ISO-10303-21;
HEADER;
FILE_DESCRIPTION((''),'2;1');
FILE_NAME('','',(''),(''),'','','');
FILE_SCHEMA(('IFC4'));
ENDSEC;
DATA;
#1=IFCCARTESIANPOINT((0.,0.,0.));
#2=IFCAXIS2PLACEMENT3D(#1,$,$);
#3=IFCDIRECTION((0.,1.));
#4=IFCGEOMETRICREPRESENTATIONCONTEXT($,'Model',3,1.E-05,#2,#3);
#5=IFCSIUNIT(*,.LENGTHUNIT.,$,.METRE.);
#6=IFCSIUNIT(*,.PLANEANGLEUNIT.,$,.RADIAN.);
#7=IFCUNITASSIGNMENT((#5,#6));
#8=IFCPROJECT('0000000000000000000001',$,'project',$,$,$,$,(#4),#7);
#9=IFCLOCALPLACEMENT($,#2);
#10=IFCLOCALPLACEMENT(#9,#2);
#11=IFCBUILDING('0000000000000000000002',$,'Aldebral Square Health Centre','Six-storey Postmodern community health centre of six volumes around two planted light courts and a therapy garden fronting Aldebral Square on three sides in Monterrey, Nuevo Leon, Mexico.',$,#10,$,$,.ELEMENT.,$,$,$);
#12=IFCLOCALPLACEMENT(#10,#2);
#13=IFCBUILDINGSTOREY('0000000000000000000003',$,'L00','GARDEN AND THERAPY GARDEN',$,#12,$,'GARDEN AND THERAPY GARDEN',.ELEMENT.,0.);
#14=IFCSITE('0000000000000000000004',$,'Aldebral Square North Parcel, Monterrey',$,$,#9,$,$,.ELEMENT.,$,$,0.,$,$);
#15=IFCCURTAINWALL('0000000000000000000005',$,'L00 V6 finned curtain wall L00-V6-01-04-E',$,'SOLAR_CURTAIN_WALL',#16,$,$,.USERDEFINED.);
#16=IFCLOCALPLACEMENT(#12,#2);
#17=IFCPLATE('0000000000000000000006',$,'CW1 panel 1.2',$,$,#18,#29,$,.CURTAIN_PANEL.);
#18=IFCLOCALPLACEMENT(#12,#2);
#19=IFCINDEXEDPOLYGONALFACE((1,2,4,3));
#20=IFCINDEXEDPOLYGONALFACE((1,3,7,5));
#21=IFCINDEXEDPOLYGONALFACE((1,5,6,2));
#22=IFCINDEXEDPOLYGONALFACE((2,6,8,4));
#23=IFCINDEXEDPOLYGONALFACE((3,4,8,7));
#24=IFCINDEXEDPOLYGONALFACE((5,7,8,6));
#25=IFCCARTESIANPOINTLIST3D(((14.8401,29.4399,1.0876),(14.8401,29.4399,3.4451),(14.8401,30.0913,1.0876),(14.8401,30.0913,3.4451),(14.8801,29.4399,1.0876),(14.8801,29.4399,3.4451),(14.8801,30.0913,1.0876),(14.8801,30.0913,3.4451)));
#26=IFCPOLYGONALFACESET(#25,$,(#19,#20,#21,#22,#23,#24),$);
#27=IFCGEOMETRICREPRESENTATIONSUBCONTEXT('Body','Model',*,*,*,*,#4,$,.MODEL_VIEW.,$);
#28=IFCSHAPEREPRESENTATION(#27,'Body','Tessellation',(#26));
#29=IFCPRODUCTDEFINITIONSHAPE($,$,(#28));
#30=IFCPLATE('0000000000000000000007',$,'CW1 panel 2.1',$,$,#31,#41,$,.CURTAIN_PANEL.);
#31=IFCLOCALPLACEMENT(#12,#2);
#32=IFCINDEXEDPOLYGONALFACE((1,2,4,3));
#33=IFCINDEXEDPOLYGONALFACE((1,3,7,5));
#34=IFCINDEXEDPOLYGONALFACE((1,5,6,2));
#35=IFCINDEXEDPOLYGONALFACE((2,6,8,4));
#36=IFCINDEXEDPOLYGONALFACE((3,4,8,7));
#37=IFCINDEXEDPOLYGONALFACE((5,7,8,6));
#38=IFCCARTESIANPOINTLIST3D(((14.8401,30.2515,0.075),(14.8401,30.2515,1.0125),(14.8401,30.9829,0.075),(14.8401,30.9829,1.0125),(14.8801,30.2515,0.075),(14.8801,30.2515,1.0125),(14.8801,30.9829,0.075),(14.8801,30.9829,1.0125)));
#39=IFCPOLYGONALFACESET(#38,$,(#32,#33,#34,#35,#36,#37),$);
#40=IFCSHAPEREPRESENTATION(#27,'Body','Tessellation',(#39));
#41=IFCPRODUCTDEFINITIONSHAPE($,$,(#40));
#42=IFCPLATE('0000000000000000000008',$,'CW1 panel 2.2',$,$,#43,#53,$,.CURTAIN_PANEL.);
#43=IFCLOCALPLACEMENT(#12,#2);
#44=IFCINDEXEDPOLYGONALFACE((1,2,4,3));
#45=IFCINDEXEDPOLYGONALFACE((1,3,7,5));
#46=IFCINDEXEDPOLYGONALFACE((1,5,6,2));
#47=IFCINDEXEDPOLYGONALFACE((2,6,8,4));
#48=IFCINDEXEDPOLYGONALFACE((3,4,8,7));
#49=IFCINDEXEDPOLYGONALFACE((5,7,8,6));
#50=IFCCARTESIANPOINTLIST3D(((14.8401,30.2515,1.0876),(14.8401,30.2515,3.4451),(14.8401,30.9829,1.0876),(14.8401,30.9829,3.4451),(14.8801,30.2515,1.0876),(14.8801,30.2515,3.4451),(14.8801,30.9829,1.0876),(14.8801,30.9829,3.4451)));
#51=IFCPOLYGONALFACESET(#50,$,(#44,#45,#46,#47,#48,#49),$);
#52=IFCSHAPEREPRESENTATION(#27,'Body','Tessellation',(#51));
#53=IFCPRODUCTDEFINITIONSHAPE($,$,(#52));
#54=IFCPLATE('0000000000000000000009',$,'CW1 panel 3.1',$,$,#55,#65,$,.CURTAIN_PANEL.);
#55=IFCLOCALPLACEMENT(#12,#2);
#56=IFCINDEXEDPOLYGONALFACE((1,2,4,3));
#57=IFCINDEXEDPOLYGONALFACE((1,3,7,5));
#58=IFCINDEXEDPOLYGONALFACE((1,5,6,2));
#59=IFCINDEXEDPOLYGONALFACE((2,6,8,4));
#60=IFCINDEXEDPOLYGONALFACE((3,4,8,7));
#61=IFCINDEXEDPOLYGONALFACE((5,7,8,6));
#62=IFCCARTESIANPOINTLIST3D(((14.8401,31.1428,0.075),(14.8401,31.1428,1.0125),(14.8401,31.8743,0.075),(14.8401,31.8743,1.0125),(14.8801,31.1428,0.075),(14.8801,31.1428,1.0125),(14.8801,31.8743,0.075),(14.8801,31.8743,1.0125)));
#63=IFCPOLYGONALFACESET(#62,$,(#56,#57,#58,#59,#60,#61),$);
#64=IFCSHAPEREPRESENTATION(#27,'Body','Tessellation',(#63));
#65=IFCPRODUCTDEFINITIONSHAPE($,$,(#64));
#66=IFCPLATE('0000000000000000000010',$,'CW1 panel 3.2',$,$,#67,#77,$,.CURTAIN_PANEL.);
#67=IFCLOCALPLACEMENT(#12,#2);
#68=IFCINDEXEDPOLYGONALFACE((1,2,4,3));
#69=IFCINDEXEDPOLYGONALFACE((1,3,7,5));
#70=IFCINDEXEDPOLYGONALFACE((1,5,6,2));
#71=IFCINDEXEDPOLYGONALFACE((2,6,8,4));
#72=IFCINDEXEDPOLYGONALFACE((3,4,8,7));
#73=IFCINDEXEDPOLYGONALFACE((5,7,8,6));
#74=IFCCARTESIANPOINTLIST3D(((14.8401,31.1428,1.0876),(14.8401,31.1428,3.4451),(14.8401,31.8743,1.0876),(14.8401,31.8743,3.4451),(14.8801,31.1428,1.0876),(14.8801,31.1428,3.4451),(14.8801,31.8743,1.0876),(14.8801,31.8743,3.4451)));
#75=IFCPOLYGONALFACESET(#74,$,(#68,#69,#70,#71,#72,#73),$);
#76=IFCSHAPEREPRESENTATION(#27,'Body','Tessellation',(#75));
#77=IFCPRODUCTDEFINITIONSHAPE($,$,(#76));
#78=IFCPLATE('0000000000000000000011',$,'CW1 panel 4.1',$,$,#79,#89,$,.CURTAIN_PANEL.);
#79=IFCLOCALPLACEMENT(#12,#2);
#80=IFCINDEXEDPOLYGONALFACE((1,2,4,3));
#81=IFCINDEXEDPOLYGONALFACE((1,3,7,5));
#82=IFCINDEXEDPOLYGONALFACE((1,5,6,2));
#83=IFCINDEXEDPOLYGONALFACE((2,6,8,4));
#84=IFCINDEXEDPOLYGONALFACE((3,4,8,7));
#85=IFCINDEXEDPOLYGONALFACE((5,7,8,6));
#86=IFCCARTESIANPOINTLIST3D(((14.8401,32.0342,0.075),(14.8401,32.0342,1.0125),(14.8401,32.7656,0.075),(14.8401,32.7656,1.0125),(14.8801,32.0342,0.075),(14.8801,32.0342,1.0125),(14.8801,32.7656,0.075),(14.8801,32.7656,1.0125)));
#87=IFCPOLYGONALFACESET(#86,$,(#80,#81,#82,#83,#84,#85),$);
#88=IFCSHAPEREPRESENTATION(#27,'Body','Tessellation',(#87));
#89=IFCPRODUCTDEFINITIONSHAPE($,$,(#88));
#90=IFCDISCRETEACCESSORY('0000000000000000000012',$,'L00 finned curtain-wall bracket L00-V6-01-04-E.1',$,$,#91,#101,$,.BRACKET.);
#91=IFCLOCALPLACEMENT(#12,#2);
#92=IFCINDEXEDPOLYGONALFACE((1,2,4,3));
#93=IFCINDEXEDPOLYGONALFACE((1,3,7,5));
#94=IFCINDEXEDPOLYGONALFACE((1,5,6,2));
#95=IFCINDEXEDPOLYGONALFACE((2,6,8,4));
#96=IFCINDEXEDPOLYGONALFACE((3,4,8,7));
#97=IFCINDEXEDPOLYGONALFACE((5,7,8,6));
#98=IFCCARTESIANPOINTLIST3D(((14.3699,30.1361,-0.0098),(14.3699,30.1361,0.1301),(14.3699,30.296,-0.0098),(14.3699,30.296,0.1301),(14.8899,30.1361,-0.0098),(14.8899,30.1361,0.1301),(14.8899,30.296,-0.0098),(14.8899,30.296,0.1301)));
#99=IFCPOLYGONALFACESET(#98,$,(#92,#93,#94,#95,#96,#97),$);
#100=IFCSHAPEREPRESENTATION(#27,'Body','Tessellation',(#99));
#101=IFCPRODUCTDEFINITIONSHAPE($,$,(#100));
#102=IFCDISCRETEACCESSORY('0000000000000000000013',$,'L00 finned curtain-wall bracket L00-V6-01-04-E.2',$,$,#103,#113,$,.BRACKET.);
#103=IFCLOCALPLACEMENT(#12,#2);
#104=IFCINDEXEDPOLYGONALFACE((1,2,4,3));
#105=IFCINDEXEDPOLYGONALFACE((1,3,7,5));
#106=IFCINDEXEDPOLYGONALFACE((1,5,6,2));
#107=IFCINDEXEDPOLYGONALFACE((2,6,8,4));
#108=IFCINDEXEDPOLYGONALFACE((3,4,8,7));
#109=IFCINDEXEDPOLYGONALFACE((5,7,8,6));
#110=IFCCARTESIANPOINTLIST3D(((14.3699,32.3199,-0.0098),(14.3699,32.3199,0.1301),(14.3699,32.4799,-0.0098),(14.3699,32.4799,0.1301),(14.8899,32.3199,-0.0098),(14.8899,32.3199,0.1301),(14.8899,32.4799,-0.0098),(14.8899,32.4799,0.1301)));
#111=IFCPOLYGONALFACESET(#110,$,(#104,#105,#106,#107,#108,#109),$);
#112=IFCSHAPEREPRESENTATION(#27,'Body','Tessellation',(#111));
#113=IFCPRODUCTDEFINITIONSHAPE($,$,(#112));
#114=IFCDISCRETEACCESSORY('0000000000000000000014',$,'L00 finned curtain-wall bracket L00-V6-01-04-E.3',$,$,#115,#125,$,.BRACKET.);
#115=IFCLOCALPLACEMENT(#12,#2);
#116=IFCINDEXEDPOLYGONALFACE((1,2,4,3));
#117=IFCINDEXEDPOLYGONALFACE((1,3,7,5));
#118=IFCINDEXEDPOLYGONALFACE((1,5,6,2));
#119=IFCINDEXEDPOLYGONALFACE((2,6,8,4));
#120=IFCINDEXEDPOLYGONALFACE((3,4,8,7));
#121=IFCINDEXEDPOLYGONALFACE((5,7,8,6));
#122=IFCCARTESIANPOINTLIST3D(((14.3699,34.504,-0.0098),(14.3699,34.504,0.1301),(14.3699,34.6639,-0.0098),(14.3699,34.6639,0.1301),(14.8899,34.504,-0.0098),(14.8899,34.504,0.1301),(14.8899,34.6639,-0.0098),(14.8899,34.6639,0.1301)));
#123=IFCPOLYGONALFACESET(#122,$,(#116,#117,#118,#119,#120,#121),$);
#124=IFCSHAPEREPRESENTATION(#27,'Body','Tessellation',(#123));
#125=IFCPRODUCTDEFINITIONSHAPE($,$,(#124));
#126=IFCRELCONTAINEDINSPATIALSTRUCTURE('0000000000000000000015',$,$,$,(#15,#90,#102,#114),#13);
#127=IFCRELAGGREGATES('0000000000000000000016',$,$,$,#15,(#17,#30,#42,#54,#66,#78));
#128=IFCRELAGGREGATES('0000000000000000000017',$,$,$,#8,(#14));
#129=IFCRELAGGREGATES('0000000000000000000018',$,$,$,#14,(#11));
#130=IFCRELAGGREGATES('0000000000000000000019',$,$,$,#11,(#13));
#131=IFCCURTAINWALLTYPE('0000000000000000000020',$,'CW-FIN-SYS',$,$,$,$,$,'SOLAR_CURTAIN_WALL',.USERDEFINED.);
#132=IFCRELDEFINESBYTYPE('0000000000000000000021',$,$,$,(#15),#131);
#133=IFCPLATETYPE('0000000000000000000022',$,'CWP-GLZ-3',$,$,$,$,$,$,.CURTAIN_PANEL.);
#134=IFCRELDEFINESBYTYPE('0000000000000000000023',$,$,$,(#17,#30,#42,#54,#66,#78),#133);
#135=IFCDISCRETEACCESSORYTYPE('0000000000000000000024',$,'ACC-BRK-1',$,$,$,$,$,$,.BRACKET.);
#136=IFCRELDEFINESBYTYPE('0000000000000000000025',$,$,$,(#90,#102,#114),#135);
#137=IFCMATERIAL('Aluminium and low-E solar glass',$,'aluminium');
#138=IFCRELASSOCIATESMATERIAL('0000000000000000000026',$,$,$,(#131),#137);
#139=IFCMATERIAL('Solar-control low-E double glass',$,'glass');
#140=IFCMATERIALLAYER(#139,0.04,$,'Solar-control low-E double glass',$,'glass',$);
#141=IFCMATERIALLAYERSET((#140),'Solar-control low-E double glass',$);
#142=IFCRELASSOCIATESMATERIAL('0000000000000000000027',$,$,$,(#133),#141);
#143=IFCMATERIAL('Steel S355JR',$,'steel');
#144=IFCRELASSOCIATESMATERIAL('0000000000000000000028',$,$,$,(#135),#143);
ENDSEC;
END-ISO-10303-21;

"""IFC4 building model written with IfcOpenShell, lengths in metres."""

from ifc_helpers import new_model, si_unit, direction, frame, origin, origin_2d, place, context, subcontext, project, spatial, rectangle, extrude, material, layer, layer_set, type_object, element, aggregate, save


model = new_model("IFC4")

# Units and contexts
model_context = context("Model", 3, precision=1e-05, world=origin(), true_north=direction((0.0, 1.0)))
body_context = subcontext(model_context, "Body", "Model", "MODEL_VIEW")
ifc_project = project(units=[si_unit("LENGTHUNIT", "METRE"), si_unit("PLANEANGLEUNIT", "RADIAN")], contexts=[model_context])

# Site, building, storey
site_placement = place(None, origin())
site = spatial("IfcSite", under=ifc_project, at=site_placement, Name="Aldebral Square North Parcel, Monterrey", CompositionType="ELEMENT", RefElevation=0.0)
building_placement = place(site_placement, origin())
building = spatial("IfcBuilding", under=site, at=building_placement, Name="Aldebral Square Health Centre", Description="Six-storey Postmodern community health centre of six volumes around two planted light courts and a therapy garden fronting Aldebral Square on three sides in Monterrey, Nuevo Leon, Mexico.", CompositionType="ELEMENT")
storey_placement = place(building_placement, origin())
storey = spatial("IfcBuildingStorey", under=building, at=storey_placement, Name="L00", Description="GARDEN AND THERAPY GARDEN", LongName="GARDEN AND THERAPY GARDEN", CompositionType="ELEMENT", Elevation=0.0)

# Curtain wall, plates
ifc_material_1 = material(Name="Aluminium and low-E solar glass", Category="aluminium")
curtain_wall_type = type_object("IfcCurtainWallType", Name="CW-FIN-SYS", ElementType="SOLAR_CURTAIN_WALL", PredefinedType="USERDEFINED", material=ifc_material_1)
curtain_wall_placement = place(storey_placement, origin())
curtain_wall = element("IfcCurtainWall", 1, at=curtain_wall_placement, inside=storey, type_object=curtain_wall_type, Name="L00 V6 finned curtain wall L00-V6-01-04-E", ObjectType="SOLAR_CURTAIN_WALL", PredefinedType="USERDEFINED")
ifc_material_2 = material(Name="Solar-control low-E double glass", Category="glass")
ifc_layer_1 = layer(ifc_material_2, 0.04, Name="Solar-control low-E double glass", Category="glass")
ifc_layer_set_1 = layer_set([ifc_layer_1], Name="Solar-control low-E double glass")
plate_type = type_object("IfcPlateType", Name="CWP-GLZ-3", PredefinedType="CURTAIN_PANEL", material=ifc_layer_set_1)
plate_1_placement = place(storey_placement, frame((14.8601, 29.7656, 1.0876), z_axis=(0.0, 0.0, 1.0), x_axis=(0.0, 1.0, 0.0)))
plate_1 = element("IfcPlate", 2, at=plate_1_placement, type_object=plate_type, Name="CW1 panel 1.2", PredefinedType="CURTAIN_PANEL", context=body_context, shape_type="SweptSolid", body=[
    extrude(rectangle(XDim=0.6514, YDim=0.04, at=origin_2d()), origin(), (0.0, 0.0, 1.0), 2.3574),
])
plate_2_placement = place(storey_placement, frame((14.8601, 30.6172, 0.075), z_axis=(0.0, 0.0, 1.0), x_axis=(0.0, 1.0, 0.0)))
plate_2 = element("IfcPlate", 3, at=plate_2_placement, type_object=plate_type, Name="CW1 panel 2.1", PredefinedType="CURTAIN_PANEL", context=body_context, shape_type="SweptSolid", body=[
    extrude(rectangle(XDim=0.7314, YDim=0.04, at=origin_2d()), origin(), (0.0, 0.0, 1.0), 0.9375),
])
plate_3_placement = place(storey_placement, frame((14.8601, 30.6172, 1.0876), z_axis=(0.0, 0.0, 1.0), x_axis=(0.0, 1.0, 0.0)))
plate_3 = element("IfcPlate", 4, at=plate_3_placement, type_object=plate_type, Name="CW1 panel 2.2", PredefinedType="CURTAIN_PANEL", context=body_context, shape_type="SweptSolid", body=[
    extrude(rectangle(XDim=0.7314, YDim=0.04, at=origin_2d()), origin(), (0.0, 0.0, 1.0), 2.3574),
])
plate_4_placement = place(storey_placement, frame((14.8601, 31.5085, 0.075), z_axis=(0.0, 0.0, 1.0), x_axis=(0.0, 1.0, 0.0)))
plate_4 = element("IfcPlate", 5, at=plate_4_placement, type_object=plate_type, Name="CW1 panel 3.1", PredefinedType="CURTAIN_PANEL", context=body_context, shape_type="SweptSolid", body=[
    extrude(rectangle(XDim=0.7314, YDim=0.04, at=origin_2d()), origin(), (0.0, 0.0, 1.0), 0.9375),
])
plate_5_placement = place(storey_placement, frame((14.8601, 31.5085, 1.0876), z_axis=(0.0, 0.0, 1.0), x_axis=(0.0, 1.0, 0.0)))
plate_5 = element("IfcPlate", 6, at=plate_5_placement, type_object=plate_type, Name="CW1 panel 3.2", PredefinedType="CURTAIN_PANEL", context=body_context, shape_type="SweptSolid", body=[
    extrude(rectangle(XDim=0.7314, YDim=0.04, at=origin_2d()), origin(), (0.0, 0.0, 1.0), 2.3574),
])
plate_6_placement = place(storey_placement, frame((14.8601, 32.3999, 0.075), z_axis=(0.0, 0.0, 1.0), x_axis=(0.0, 1.0, 0.0)))
plate_6 = element("IfcPlate", 7, at=plate_6_placement, type_object=plate_type, Name="CW1 panel 4.1", PredefinedType="CURTAIN_PANEL", context=body_context, shape_type="SweptSolid", body=[
    extrude(rectangle(XDim=0.7314, YDim=0.04, at=origin_2d()), origin(), (0.0, 0.0, 1.0), 0.9375),
])
aggregate(curtain_wall, [plate_1, plate_2, plate_3, plate_4, plate_5, plate_6])

# Discrete accessories
ifc_material_3 = material(Name="Steel S355JR", Category="steel")
discrete_accessory_type = type_object("IfcDiscreteAccessoryType", Name="ACC-BRK-1", PredefinedType="BRACKET", material=ifc_material_3)
for number, where, z_axis, x_axis, name in (
    (8, (14.6299, 30.2161, -0.0098), (0.0, 0.0, 1.0), (0.0, 1.0, 0.0), "L00 finned curtain-wall bracket L00-V6-01-04-E.1"),
    (9, (14.6299, 32.3999, -0.0098), (0.0, 0.0, 1.0), (0.0, 1.0, 0.0), "L00 finned curtain-wall bracket L00-V6-01-04-E.2"),
    (10, (14.6299, 34.584, -0.0098), (0.0, 0.0, 1.0), (0.0, 1.0, 0.0), "L00 finned curtain-wall bracket L00-V6-01-04-E.3"),
):
    element("IfcDiscreteAccessory", number, at=place(storey_placement, frame(where, z_axis=z_axis, x_axis=x_axis)), inside=storey, type_object=discrete_accessory_type, Name=name, PredefinedType="BRACKET", context=body_context, shape_type="SweptSolid", body=[
        extrude(rectangle(XDim=0.1599, YDim=0.52, at=origin_2d()), origin(), (0.0, 0.0, 1.0), 0.1399),
    ])

save(model, "model.ifc")
